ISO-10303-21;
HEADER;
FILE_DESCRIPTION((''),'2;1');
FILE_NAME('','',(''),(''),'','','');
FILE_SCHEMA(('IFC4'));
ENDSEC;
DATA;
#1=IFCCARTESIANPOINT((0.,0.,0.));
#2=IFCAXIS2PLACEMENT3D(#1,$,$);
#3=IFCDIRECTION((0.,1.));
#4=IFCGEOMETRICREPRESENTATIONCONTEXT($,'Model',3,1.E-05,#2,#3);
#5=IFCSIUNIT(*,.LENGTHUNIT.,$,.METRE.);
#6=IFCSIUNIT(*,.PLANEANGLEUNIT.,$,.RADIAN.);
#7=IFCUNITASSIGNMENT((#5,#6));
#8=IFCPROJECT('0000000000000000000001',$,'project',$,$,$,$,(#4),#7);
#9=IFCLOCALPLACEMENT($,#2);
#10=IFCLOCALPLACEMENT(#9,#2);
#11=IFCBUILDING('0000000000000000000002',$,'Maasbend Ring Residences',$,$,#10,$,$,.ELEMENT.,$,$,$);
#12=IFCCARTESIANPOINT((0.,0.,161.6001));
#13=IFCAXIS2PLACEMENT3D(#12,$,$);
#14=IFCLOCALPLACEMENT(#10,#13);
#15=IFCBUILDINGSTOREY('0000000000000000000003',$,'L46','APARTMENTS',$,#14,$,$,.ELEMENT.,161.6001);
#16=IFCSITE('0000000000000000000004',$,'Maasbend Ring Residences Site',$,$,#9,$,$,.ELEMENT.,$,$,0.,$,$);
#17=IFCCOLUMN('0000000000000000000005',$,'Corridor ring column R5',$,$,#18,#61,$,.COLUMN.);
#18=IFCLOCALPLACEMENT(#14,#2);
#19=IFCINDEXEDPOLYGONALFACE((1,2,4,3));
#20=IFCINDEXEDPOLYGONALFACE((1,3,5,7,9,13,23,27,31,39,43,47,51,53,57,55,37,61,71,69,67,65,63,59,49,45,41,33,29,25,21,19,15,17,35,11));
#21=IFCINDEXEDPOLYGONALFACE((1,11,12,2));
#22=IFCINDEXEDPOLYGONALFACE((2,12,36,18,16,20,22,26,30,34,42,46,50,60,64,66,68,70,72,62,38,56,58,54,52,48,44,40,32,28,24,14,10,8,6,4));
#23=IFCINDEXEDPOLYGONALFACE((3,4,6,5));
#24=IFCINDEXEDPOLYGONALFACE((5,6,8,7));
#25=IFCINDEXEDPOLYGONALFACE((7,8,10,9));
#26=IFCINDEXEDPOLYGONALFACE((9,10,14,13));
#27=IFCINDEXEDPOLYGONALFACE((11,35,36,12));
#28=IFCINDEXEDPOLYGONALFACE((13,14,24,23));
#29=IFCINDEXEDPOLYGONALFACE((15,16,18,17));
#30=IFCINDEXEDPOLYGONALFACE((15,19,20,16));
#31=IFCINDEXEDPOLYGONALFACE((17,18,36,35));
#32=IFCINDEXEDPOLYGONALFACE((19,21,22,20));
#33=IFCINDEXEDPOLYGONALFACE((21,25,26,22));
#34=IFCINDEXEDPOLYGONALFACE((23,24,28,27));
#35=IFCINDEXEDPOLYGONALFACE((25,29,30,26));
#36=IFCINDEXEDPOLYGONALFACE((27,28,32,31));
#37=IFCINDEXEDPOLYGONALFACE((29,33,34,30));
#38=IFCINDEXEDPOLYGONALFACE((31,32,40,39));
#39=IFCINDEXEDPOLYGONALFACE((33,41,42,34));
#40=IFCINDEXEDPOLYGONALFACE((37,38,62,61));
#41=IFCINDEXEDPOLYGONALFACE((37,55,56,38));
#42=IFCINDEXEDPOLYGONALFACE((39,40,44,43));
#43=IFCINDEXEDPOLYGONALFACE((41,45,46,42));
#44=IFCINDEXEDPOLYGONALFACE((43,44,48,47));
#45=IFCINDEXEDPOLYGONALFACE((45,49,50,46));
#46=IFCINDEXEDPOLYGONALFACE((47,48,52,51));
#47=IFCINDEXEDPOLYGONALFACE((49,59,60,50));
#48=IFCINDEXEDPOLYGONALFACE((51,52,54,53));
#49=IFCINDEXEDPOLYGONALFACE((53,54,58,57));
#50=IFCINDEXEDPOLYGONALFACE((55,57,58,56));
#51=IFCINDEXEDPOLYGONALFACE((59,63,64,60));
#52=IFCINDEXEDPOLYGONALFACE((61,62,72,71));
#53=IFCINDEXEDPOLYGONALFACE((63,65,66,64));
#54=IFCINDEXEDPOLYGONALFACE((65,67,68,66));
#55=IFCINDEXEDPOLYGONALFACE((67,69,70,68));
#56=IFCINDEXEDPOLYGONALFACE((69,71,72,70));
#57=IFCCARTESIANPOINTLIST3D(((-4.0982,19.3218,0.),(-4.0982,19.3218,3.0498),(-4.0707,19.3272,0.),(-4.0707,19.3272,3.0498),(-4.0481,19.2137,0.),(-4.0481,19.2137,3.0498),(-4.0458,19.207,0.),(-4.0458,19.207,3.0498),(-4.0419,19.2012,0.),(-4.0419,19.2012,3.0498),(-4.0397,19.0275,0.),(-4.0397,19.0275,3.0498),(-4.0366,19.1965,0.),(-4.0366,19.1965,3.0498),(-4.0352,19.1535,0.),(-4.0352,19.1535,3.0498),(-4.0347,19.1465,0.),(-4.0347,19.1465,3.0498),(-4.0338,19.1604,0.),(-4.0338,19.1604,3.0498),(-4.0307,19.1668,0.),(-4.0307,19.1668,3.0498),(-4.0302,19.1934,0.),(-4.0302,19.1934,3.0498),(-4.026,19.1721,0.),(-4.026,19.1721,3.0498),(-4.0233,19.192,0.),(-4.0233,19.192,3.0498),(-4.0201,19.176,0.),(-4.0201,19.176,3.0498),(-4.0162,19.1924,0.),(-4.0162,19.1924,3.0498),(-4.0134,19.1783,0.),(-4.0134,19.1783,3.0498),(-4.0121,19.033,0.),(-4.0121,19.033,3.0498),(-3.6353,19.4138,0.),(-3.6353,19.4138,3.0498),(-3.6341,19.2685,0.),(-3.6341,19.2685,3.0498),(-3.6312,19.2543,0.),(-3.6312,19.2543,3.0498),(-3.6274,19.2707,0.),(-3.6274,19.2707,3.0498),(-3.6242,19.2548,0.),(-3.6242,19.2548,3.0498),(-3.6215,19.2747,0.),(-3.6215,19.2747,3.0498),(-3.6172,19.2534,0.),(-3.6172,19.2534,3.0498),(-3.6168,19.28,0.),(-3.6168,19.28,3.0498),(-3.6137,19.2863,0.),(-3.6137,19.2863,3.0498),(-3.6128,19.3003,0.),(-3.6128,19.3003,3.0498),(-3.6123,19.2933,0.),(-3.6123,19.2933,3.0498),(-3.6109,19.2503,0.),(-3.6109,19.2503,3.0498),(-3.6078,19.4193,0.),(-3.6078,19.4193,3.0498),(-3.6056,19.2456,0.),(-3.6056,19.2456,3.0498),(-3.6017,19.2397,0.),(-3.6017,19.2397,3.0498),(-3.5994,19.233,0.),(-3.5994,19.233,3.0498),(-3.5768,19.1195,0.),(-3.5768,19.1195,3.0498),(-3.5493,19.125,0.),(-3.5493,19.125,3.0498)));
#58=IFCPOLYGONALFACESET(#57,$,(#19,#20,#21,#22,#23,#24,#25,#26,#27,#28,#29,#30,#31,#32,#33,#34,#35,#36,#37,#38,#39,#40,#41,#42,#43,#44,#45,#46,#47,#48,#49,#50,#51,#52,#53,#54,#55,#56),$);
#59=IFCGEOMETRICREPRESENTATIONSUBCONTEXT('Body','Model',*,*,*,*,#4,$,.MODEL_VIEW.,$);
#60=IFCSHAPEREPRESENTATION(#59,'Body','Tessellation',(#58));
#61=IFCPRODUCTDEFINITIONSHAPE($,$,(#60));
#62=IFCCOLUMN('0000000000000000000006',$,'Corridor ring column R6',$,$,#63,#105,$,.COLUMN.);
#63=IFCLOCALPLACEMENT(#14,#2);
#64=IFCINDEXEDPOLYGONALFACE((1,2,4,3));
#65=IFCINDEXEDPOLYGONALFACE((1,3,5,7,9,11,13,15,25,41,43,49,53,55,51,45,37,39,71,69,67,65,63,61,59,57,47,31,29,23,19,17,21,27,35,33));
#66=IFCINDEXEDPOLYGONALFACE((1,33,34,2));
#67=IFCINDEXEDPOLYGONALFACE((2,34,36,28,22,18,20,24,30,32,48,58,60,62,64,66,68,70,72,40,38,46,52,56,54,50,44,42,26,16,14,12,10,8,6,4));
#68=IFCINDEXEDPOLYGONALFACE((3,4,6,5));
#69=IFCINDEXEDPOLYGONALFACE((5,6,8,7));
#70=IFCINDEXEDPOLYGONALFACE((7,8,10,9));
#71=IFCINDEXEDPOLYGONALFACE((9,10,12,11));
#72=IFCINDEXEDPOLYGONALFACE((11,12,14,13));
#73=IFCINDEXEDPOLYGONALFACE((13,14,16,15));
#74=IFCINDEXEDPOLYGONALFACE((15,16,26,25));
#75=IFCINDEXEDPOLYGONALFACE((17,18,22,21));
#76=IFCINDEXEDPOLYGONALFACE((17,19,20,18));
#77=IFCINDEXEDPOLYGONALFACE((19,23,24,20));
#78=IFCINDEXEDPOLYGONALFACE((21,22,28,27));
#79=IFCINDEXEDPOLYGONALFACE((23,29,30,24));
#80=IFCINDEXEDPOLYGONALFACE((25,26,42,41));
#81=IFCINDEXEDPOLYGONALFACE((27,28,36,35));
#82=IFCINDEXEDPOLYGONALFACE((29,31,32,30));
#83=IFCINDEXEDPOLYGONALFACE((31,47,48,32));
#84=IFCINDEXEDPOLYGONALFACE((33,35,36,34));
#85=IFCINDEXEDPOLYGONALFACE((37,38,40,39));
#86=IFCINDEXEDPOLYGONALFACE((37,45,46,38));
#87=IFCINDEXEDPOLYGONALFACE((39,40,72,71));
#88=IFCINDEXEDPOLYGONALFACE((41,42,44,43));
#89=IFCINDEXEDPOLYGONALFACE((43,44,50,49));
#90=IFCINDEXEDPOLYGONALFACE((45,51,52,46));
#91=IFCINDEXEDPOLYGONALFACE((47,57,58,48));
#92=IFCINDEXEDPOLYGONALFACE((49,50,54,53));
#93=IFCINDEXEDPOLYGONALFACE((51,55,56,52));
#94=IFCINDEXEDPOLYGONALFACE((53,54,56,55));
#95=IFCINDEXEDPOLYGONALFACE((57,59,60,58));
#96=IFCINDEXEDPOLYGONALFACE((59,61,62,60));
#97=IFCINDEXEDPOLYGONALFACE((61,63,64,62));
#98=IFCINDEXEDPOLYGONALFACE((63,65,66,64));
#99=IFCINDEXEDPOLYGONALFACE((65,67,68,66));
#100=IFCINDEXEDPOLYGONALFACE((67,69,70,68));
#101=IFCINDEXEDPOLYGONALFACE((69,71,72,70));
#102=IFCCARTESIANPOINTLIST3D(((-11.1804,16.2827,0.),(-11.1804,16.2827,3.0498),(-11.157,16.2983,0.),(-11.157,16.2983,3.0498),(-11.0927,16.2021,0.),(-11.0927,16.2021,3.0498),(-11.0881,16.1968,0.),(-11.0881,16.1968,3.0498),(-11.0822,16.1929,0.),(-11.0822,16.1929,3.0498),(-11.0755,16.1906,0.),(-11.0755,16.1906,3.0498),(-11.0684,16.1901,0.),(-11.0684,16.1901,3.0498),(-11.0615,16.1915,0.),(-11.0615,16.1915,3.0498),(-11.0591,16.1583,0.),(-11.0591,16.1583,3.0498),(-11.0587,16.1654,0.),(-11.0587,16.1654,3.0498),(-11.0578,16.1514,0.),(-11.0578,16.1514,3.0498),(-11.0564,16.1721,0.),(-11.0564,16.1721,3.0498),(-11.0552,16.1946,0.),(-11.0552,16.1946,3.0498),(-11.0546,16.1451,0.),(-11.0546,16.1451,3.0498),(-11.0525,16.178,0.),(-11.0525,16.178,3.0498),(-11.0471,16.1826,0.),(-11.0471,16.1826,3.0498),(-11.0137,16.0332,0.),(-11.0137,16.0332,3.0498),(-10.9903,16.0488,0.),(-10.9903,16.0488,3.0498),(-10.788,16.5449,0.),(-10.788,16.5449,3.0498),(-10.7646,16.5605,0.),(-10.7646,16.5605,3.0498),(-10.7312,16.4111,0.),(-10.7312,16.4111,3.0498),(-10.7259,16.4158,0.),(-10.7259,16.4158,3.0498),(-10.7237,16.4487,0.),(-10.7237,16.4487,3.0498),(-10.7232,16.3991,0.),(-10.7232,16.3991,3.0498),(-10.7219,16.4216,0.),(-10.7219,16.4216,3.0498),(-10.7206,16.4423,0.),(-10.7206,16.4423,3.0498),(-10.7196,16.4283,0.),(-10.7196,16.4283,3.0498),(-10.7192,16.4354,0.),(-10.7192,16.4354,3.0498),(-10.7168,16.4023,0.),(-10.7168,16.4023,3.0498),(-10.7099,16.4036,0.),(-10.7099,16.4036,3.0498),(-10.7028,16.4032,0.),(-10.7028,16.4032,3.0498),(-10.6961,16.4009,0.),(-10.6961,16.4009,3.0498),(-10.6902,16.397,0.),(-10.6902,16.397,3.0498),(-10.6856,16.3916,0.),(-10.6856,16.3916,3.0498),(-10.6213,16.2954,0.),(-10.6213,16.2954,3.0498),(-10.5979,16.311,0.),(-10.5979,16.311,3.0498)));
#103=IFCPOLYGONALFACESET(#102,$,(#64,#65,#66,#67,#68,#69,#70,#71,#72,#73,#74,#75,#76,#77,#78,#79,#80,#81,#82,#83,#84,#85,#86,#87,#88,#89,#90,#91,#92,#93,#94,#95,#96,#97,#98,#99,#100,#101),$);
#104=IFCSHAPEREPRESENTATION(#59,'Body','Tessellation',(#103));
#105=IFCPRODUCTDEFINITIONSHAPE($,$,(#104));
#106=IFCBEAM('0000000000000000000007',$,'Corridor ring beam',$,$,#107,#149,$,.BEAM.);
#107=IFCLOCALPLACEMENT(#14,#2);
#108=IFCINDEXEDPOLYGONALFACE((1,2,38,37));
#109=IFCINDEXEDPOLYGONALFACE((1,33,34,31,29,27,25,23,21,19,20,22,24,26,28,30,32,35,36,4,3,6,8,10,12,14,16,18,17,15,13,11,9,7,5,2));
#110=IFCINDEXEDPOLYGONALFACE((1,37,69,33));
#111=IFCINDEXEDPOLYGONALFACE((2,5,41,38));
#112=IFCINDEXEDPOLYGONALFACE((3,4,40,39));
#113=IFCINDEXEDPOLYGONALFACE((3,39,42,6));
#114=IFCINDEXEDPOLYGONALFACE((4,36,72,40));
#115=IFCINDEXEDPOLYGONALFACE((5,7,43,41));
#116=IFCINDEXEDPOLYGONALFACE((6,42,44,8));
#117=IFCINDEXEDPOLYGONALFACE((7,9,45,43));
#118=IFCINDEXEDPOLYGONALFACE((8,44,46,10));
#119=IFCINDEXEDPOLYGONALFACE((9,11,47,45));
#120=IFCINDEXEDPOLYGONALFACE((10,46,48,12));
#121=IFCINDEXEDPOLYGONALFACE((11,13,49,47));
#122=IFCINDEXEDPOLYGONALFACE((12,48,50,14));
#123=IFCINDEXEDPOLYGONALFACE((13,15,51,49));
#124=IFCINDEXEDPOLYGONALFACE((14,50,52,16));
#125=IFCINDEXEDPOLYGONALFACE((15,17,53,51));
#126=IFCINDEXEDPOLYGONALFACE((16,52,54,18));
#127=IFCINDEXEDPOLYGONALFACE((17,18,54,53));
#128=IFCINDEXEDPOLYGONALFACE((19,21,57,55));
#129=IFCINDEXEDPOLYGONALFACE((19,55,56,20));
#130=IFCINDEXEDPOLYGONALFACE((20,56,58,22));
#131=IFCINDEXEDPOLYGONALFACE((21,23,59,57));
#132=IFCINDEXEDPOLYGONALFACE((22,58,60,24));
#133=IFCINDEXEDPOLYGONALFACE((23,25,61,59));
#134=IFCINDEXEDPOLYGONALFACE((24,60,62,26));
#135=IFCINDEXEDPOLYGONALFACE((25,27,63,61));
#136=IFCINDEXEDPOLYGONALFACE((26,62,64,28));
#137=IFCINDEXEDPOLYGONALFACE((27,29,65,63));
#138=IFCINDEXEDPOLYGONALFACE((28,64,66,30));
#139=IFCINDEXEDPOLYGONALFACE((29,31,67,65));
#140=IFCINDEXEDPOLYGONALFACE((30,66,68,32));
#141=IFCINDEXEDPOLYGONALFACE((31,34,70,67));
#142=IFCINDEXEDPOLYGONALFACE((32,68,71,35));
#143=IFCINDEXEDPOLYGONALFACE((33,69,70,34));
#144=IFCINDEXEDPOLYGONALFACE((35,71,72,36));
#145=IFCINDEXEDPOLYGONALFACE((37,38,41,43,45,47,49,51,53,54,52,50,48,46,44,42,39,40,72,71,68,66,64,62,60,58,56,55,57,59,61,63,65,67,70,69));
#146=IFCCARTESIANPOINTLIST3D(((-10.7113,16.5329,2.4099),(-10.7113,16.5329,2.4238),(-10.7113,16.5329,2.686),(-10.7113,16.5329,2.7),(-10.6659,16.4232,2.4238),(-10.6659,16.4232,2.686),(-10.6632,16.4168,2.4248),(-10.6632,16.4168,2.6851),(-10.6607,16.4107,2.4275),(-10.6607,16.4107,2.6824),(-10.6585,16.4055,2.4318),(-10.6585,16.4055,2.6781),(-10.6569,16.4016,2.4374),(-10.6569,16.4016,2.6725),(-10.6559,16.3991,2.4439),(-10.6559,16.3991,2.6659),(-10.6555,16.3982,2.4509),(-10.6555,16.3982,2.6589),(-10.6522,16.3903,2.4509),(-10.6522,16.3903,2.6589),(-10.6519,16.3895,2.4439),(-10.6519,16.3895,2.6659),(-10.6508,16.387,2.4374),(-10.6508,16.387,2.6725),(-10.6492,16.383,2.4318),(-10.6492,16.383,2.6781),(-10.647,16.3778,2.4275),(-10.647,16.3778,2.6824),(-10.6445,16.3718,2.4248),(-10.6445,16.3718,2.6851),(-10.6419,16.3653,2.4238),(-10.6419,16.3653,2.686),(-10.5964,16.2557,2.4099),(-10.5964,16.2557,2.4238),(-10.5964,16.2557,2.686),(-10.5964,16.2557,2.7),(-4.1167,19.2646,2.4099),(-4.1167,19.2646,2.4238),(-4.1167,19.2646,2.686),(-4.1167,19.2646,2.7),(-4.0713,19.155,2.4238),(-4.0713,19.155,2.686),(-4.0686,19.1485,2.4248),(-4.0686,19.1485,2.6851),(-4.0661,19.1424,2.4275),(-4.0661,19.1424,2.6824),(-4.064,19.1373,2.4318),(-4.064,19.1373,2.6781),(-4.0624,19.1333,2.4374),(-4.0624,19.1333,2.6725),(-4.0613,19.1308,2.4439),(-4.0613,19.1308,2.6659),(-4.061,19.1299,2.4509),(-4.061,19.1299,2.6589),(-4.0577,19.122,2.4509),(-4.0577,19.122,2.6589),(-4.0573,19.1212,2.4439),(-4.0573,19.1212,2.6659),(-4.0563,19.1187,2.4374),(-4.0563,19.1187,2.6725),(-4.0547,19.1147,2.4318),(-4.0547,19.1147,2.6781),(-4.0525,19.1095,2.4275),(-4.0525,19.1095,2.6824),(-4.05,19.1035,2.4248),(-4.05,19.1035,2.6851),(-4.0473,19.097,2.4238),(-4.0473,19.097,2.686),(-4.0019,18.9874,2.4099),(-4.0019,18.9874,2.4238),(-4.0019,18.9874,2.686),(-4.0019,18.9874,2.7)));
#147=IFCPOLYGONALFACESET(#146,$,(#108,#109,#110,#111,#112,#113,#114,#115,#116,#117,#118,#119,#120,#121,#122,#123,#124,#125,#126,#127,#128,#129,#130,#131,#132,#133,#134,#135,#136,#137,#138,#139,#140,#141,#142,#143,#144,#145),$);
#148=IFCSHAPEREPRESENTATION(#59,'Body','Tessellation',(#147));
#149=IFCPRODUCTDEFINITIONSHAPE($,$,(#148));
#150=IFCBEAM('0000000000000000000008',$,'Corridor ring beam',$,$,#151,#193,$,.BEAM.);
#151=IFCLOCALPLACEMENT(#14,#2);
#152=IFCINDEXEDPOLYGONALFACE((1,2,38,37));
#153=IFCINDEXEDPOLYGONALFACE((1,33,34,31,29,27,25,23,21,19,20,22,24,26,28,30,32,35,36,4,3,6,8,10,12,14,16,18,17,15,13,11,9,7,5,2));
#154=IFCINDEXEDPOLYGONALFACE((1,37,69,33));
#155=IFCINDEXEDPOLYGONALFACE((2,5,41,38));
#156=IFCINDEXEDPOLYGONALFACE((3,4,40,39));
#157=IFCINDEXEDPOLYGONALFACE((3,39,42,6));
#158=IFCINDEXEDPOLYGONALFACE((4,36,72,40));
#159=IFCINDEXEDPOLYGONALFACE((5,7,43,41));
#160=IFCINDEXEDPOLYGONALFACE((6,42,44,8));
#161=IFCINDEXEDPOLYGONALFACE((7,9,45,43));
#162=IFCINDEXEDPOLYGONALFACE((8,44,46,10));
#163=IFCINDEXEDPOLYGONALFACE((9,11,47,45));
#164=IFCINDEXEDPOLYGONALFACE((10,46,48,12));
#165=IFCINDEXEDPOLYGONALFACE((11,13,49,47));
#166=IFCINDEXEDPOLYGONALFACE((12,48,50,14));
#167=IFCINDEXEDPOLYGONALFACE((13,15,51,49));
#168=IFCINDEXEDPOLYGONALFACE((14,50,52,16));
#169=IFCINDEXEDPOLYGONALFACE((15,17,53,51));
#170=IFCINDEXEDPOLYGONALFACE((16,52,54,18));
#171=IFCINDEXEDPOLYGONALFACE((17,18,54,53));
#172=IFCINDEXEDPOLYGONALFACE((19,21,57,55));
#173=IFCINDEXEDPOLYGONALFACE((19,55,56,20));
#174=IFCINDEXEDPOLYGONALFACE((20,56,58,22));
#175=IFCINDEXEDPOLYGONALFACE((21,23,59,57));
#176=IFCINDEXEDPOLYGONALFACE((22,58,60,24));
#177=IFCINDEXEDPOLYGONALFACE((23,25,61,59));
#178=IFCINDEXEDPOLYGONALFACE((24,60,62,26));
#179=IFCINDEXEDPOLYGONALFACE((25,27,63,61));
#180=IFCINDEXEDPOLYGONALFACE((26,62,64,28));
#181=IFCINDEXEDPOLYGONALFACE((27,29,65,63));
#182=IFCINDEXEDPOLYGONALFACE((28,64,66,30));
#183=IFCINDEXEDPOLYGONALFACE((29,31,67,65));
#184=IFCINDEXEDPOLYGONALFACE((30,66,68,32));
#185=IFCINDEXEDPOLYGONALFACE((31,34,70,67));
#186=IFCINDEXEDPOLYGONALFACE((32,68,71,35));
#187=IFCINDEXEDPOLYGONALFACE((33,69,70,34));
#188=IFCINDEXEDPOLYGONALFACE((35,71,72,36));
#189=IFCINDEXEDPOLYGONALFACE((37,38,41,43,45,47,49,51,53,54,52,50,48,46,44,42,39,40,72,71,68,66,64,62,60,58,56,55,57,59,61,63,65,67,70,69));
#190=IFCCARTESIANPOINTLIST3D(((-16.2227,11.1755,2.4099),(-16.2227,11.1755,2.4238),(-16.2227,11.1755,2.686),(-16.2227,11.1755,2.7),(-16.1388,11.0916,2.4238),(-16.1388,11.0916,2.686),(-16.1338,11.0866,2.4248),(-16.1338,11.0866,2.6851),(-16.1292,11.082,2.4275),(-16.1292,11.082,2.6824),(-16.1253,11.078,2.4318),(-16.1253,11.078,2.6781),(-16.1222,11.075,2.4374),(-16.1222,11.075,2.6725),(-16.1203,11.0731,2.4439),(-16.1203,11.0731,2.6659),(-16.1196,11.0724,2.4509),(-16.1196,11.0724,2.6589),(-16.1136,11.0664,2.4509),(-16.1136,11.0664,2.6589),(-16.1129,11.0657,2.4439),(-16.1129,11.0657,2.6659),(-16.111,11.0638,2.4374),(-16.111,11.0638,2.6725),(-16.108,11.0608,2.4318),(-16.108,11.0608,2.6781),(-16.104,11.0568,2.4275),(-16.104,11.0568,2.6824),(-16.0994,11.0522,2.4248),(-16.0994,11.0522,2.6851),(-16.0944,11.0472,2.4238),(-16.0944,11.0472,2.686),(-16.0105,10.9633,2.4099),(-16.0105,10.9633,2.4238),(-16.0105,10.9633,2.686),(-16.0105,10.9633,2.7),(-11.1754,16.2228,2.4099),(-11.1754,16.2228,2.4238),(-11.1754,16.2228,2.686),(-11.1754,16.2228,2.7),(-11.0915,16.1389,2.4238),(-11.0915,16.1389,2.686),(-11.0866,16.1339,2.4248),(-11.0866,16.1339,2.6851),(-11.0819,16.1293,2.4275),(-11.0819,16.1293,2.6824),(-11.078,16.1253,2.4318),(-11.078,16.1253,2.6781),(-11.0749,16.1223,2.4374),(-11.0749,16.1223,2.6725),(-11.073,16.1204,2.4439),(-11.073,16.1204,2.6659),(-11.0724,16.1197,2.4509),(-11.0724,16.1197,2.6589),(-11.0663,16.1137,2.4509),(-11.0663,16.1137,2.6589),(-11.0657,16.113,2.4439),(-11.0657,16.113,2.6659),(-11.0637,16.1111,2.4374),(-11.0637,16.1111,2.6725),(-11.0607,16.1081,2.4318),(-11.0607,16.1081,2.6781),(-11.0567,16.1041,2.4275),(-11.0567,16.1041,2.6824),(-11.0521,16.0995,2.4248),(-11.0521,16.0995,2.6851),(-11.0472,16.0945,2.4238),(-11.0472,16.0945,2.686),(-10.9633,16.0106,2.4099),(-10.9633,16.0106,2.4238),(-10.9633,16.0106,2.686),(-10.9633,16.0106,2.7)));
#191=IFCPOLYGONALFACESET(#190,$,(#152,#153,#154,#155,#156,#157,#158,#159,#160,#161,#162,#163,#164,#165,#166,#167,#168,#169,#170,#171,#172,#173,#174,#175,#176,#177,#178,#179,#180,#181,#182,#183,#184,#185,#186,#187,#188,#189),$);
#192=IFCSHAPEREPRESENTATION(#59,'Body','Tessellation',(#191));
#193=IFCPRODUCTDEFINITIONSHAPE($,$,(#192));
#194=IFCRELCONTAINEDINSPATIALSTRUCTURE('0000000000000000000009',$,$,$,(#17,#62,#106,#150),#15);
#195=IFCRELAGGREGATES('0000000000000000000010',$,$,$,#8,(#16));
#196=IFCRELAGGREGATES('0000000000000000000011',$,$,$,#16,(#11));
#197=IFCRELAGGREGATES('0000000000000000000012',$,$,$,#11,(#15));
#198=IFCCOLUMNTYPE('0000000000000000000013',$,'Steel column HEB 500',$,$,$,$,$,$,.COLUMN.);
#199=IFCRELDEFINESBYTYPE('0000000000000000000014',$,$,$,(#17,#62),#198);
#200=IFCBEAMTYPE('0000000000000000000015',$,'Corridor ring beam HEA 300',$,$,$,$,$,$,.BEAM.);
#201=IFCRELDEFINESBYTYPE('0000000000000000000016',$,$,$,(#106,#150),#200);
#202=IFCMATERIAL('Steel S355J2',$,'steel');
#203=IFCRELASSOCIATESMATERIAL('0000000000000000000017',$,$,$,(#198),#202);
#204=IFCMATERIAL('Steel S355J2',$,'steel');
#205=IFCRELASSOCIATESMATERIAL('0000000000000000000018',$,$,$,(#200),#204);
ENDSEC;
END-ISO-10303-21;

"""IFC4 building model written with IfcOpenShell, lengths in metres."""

from ifc_helpers import new_model, si_unit, direction, frame, origin, origin_2d, place, context, subcontext, project, spatial, i_section, extrude, material, material_profile, profile_set, type_object, element, save


model = new_model("IFC4")

# Units and contexts
model_context = context("Model", 3, precision=1e-05, world=origin(), true_north=direction((0.0, 1.0)))
body_context = subcontext(model_context, "Body", "Model", "MODEL_VIEW")
ifc_project = project(units=[si_unit("LENGTHUNIT", "METRE"), si_unit("PLANEANGLEUNIT", "RADIAN")], contexts=[model_context])

# Site, building, storey
site_placement = place(None, origin())
site = spatial("IfcSite", under=ifc_project, at=site_placement, Name="Maasbend Ring Residences Site", CompositionType="ELEMENT", RefElevation=0.0)
building_placement = place(site_placement, origin())
building = spatial("IfcBuilding", under=site, at=building_placement, Name="Maasbend Ring Residences", CompositionType="ELEMENT")
storey_placement = place(building_placement, frame((0.0, 0.0, 161.6001)))
storey = spatial("IfcBuildingStorey", under=building, at=storey_placement, Name="L46", Description="APARTMENTS", CompositionType="ELEMENT", Elevation=161.6001)

# Columns
ifc_material_1 = material(Name="Steel S355J2", Category="steel")
ifc_material_profile_1 = material_profile(ifc_material_1, i_section(OverallWidth=0.3, OverallDepth=0.5, WebThickness=0.0144, FlangeThickness=0.0281, FilletRadius=0.0271, at=origin_2d()), Name="HEB 500")
ifc_profile_set_1 = profile_set([ifc_material_profile_1], Name="Steel S355J2")
column_type = type_object("IfcColumnType", Name="Steel column HEB 500", PredefinedType="COLUMN", material=ifc_profile_set_1)
for number, where, z_axis, x_axis, name in (
    (1, (-3.8237, 19.2234, 0.0), (0.0, 0.0, 1.0), (-0.19509, 0.980785, 0.0), "Corridor ring column R5"),
    (2, (-10.8892, 16.2969, 0.0), (0.0, 0.0, 1.0), (-0.55557, 0.83147, 0.0), "Corridor ring column R6"),
):
    element("IfcColumn", number, at=place(storey_placement, frame(where, z_axis=z_axis, x_axis=x_axis)), inside=storey, type_object=column_type, Name=name, PredefinedType="COLUMN", context=body_context, shape_type="SweptSolid", body=[
        extrude(i_section(OverallWidth=0.3, OverallDepth=0.5, WebThickness=0.0144, FlangeThickness=0.0281, FilletRadius=0.0271, at=origin_2d()), origin(), (0.0, 0.0, 1.0), 3.0498),
    ])

# Beams
ifc_material_2 = material(Name="Steel S355J2", Category="steel")
ifc_material_profile_2 = material_profile(ifc_material_2, i_section(OverallWidth=0.3, OverallDepth=0.29, WebThickness=0.0085, FlangeThickness=0.0139, FilletRadius=0.0271, at=origin_2d()), Name="HEA 300")
ifc_profile_set_2 = profile_set([ifc_material_profile_2], Name="Steel S355J2")
beam_type = type_object("IfcBeamType", Name="Corridor ring beam HEA 300", PredefinedType="BEAM", material=ifc_profile_set_2)
for number, where, z_axis, x_axis, name in (
    (3, (-4.0593, 19.126, 2.5549), (-0.923871, -0.382703, 0.0), (0.382703, -0.923871, 0.0), "Corridor ring beam"),
    (4, (-11.0693, 16.1167, 2.5549), (-0.707107, -0.707107, 0.0), (0.707107, -0.707107, 0.0), "Corridor ring beam"),
):
    element("IfcBeam", number, at=place(storey_placement, frame(where, z_axis=z_axis, x_axis=x_axis)), inside=storey, type_object=beam_type, Name=name, PredefinedType="BEAM", context=body_context, shape_type="SweptSolid", body=[
        extrude(i_section(OverallWidth=0.3, OverallDepth=0.29, WebThickness=0.0085, FlangeThickness=0.0139, FilletRadius=0.0271, at=origin_2d()), origin(), (0.0, 0.0, 1.0), 7.1379),
    ])

save(model, "model.ifc")
